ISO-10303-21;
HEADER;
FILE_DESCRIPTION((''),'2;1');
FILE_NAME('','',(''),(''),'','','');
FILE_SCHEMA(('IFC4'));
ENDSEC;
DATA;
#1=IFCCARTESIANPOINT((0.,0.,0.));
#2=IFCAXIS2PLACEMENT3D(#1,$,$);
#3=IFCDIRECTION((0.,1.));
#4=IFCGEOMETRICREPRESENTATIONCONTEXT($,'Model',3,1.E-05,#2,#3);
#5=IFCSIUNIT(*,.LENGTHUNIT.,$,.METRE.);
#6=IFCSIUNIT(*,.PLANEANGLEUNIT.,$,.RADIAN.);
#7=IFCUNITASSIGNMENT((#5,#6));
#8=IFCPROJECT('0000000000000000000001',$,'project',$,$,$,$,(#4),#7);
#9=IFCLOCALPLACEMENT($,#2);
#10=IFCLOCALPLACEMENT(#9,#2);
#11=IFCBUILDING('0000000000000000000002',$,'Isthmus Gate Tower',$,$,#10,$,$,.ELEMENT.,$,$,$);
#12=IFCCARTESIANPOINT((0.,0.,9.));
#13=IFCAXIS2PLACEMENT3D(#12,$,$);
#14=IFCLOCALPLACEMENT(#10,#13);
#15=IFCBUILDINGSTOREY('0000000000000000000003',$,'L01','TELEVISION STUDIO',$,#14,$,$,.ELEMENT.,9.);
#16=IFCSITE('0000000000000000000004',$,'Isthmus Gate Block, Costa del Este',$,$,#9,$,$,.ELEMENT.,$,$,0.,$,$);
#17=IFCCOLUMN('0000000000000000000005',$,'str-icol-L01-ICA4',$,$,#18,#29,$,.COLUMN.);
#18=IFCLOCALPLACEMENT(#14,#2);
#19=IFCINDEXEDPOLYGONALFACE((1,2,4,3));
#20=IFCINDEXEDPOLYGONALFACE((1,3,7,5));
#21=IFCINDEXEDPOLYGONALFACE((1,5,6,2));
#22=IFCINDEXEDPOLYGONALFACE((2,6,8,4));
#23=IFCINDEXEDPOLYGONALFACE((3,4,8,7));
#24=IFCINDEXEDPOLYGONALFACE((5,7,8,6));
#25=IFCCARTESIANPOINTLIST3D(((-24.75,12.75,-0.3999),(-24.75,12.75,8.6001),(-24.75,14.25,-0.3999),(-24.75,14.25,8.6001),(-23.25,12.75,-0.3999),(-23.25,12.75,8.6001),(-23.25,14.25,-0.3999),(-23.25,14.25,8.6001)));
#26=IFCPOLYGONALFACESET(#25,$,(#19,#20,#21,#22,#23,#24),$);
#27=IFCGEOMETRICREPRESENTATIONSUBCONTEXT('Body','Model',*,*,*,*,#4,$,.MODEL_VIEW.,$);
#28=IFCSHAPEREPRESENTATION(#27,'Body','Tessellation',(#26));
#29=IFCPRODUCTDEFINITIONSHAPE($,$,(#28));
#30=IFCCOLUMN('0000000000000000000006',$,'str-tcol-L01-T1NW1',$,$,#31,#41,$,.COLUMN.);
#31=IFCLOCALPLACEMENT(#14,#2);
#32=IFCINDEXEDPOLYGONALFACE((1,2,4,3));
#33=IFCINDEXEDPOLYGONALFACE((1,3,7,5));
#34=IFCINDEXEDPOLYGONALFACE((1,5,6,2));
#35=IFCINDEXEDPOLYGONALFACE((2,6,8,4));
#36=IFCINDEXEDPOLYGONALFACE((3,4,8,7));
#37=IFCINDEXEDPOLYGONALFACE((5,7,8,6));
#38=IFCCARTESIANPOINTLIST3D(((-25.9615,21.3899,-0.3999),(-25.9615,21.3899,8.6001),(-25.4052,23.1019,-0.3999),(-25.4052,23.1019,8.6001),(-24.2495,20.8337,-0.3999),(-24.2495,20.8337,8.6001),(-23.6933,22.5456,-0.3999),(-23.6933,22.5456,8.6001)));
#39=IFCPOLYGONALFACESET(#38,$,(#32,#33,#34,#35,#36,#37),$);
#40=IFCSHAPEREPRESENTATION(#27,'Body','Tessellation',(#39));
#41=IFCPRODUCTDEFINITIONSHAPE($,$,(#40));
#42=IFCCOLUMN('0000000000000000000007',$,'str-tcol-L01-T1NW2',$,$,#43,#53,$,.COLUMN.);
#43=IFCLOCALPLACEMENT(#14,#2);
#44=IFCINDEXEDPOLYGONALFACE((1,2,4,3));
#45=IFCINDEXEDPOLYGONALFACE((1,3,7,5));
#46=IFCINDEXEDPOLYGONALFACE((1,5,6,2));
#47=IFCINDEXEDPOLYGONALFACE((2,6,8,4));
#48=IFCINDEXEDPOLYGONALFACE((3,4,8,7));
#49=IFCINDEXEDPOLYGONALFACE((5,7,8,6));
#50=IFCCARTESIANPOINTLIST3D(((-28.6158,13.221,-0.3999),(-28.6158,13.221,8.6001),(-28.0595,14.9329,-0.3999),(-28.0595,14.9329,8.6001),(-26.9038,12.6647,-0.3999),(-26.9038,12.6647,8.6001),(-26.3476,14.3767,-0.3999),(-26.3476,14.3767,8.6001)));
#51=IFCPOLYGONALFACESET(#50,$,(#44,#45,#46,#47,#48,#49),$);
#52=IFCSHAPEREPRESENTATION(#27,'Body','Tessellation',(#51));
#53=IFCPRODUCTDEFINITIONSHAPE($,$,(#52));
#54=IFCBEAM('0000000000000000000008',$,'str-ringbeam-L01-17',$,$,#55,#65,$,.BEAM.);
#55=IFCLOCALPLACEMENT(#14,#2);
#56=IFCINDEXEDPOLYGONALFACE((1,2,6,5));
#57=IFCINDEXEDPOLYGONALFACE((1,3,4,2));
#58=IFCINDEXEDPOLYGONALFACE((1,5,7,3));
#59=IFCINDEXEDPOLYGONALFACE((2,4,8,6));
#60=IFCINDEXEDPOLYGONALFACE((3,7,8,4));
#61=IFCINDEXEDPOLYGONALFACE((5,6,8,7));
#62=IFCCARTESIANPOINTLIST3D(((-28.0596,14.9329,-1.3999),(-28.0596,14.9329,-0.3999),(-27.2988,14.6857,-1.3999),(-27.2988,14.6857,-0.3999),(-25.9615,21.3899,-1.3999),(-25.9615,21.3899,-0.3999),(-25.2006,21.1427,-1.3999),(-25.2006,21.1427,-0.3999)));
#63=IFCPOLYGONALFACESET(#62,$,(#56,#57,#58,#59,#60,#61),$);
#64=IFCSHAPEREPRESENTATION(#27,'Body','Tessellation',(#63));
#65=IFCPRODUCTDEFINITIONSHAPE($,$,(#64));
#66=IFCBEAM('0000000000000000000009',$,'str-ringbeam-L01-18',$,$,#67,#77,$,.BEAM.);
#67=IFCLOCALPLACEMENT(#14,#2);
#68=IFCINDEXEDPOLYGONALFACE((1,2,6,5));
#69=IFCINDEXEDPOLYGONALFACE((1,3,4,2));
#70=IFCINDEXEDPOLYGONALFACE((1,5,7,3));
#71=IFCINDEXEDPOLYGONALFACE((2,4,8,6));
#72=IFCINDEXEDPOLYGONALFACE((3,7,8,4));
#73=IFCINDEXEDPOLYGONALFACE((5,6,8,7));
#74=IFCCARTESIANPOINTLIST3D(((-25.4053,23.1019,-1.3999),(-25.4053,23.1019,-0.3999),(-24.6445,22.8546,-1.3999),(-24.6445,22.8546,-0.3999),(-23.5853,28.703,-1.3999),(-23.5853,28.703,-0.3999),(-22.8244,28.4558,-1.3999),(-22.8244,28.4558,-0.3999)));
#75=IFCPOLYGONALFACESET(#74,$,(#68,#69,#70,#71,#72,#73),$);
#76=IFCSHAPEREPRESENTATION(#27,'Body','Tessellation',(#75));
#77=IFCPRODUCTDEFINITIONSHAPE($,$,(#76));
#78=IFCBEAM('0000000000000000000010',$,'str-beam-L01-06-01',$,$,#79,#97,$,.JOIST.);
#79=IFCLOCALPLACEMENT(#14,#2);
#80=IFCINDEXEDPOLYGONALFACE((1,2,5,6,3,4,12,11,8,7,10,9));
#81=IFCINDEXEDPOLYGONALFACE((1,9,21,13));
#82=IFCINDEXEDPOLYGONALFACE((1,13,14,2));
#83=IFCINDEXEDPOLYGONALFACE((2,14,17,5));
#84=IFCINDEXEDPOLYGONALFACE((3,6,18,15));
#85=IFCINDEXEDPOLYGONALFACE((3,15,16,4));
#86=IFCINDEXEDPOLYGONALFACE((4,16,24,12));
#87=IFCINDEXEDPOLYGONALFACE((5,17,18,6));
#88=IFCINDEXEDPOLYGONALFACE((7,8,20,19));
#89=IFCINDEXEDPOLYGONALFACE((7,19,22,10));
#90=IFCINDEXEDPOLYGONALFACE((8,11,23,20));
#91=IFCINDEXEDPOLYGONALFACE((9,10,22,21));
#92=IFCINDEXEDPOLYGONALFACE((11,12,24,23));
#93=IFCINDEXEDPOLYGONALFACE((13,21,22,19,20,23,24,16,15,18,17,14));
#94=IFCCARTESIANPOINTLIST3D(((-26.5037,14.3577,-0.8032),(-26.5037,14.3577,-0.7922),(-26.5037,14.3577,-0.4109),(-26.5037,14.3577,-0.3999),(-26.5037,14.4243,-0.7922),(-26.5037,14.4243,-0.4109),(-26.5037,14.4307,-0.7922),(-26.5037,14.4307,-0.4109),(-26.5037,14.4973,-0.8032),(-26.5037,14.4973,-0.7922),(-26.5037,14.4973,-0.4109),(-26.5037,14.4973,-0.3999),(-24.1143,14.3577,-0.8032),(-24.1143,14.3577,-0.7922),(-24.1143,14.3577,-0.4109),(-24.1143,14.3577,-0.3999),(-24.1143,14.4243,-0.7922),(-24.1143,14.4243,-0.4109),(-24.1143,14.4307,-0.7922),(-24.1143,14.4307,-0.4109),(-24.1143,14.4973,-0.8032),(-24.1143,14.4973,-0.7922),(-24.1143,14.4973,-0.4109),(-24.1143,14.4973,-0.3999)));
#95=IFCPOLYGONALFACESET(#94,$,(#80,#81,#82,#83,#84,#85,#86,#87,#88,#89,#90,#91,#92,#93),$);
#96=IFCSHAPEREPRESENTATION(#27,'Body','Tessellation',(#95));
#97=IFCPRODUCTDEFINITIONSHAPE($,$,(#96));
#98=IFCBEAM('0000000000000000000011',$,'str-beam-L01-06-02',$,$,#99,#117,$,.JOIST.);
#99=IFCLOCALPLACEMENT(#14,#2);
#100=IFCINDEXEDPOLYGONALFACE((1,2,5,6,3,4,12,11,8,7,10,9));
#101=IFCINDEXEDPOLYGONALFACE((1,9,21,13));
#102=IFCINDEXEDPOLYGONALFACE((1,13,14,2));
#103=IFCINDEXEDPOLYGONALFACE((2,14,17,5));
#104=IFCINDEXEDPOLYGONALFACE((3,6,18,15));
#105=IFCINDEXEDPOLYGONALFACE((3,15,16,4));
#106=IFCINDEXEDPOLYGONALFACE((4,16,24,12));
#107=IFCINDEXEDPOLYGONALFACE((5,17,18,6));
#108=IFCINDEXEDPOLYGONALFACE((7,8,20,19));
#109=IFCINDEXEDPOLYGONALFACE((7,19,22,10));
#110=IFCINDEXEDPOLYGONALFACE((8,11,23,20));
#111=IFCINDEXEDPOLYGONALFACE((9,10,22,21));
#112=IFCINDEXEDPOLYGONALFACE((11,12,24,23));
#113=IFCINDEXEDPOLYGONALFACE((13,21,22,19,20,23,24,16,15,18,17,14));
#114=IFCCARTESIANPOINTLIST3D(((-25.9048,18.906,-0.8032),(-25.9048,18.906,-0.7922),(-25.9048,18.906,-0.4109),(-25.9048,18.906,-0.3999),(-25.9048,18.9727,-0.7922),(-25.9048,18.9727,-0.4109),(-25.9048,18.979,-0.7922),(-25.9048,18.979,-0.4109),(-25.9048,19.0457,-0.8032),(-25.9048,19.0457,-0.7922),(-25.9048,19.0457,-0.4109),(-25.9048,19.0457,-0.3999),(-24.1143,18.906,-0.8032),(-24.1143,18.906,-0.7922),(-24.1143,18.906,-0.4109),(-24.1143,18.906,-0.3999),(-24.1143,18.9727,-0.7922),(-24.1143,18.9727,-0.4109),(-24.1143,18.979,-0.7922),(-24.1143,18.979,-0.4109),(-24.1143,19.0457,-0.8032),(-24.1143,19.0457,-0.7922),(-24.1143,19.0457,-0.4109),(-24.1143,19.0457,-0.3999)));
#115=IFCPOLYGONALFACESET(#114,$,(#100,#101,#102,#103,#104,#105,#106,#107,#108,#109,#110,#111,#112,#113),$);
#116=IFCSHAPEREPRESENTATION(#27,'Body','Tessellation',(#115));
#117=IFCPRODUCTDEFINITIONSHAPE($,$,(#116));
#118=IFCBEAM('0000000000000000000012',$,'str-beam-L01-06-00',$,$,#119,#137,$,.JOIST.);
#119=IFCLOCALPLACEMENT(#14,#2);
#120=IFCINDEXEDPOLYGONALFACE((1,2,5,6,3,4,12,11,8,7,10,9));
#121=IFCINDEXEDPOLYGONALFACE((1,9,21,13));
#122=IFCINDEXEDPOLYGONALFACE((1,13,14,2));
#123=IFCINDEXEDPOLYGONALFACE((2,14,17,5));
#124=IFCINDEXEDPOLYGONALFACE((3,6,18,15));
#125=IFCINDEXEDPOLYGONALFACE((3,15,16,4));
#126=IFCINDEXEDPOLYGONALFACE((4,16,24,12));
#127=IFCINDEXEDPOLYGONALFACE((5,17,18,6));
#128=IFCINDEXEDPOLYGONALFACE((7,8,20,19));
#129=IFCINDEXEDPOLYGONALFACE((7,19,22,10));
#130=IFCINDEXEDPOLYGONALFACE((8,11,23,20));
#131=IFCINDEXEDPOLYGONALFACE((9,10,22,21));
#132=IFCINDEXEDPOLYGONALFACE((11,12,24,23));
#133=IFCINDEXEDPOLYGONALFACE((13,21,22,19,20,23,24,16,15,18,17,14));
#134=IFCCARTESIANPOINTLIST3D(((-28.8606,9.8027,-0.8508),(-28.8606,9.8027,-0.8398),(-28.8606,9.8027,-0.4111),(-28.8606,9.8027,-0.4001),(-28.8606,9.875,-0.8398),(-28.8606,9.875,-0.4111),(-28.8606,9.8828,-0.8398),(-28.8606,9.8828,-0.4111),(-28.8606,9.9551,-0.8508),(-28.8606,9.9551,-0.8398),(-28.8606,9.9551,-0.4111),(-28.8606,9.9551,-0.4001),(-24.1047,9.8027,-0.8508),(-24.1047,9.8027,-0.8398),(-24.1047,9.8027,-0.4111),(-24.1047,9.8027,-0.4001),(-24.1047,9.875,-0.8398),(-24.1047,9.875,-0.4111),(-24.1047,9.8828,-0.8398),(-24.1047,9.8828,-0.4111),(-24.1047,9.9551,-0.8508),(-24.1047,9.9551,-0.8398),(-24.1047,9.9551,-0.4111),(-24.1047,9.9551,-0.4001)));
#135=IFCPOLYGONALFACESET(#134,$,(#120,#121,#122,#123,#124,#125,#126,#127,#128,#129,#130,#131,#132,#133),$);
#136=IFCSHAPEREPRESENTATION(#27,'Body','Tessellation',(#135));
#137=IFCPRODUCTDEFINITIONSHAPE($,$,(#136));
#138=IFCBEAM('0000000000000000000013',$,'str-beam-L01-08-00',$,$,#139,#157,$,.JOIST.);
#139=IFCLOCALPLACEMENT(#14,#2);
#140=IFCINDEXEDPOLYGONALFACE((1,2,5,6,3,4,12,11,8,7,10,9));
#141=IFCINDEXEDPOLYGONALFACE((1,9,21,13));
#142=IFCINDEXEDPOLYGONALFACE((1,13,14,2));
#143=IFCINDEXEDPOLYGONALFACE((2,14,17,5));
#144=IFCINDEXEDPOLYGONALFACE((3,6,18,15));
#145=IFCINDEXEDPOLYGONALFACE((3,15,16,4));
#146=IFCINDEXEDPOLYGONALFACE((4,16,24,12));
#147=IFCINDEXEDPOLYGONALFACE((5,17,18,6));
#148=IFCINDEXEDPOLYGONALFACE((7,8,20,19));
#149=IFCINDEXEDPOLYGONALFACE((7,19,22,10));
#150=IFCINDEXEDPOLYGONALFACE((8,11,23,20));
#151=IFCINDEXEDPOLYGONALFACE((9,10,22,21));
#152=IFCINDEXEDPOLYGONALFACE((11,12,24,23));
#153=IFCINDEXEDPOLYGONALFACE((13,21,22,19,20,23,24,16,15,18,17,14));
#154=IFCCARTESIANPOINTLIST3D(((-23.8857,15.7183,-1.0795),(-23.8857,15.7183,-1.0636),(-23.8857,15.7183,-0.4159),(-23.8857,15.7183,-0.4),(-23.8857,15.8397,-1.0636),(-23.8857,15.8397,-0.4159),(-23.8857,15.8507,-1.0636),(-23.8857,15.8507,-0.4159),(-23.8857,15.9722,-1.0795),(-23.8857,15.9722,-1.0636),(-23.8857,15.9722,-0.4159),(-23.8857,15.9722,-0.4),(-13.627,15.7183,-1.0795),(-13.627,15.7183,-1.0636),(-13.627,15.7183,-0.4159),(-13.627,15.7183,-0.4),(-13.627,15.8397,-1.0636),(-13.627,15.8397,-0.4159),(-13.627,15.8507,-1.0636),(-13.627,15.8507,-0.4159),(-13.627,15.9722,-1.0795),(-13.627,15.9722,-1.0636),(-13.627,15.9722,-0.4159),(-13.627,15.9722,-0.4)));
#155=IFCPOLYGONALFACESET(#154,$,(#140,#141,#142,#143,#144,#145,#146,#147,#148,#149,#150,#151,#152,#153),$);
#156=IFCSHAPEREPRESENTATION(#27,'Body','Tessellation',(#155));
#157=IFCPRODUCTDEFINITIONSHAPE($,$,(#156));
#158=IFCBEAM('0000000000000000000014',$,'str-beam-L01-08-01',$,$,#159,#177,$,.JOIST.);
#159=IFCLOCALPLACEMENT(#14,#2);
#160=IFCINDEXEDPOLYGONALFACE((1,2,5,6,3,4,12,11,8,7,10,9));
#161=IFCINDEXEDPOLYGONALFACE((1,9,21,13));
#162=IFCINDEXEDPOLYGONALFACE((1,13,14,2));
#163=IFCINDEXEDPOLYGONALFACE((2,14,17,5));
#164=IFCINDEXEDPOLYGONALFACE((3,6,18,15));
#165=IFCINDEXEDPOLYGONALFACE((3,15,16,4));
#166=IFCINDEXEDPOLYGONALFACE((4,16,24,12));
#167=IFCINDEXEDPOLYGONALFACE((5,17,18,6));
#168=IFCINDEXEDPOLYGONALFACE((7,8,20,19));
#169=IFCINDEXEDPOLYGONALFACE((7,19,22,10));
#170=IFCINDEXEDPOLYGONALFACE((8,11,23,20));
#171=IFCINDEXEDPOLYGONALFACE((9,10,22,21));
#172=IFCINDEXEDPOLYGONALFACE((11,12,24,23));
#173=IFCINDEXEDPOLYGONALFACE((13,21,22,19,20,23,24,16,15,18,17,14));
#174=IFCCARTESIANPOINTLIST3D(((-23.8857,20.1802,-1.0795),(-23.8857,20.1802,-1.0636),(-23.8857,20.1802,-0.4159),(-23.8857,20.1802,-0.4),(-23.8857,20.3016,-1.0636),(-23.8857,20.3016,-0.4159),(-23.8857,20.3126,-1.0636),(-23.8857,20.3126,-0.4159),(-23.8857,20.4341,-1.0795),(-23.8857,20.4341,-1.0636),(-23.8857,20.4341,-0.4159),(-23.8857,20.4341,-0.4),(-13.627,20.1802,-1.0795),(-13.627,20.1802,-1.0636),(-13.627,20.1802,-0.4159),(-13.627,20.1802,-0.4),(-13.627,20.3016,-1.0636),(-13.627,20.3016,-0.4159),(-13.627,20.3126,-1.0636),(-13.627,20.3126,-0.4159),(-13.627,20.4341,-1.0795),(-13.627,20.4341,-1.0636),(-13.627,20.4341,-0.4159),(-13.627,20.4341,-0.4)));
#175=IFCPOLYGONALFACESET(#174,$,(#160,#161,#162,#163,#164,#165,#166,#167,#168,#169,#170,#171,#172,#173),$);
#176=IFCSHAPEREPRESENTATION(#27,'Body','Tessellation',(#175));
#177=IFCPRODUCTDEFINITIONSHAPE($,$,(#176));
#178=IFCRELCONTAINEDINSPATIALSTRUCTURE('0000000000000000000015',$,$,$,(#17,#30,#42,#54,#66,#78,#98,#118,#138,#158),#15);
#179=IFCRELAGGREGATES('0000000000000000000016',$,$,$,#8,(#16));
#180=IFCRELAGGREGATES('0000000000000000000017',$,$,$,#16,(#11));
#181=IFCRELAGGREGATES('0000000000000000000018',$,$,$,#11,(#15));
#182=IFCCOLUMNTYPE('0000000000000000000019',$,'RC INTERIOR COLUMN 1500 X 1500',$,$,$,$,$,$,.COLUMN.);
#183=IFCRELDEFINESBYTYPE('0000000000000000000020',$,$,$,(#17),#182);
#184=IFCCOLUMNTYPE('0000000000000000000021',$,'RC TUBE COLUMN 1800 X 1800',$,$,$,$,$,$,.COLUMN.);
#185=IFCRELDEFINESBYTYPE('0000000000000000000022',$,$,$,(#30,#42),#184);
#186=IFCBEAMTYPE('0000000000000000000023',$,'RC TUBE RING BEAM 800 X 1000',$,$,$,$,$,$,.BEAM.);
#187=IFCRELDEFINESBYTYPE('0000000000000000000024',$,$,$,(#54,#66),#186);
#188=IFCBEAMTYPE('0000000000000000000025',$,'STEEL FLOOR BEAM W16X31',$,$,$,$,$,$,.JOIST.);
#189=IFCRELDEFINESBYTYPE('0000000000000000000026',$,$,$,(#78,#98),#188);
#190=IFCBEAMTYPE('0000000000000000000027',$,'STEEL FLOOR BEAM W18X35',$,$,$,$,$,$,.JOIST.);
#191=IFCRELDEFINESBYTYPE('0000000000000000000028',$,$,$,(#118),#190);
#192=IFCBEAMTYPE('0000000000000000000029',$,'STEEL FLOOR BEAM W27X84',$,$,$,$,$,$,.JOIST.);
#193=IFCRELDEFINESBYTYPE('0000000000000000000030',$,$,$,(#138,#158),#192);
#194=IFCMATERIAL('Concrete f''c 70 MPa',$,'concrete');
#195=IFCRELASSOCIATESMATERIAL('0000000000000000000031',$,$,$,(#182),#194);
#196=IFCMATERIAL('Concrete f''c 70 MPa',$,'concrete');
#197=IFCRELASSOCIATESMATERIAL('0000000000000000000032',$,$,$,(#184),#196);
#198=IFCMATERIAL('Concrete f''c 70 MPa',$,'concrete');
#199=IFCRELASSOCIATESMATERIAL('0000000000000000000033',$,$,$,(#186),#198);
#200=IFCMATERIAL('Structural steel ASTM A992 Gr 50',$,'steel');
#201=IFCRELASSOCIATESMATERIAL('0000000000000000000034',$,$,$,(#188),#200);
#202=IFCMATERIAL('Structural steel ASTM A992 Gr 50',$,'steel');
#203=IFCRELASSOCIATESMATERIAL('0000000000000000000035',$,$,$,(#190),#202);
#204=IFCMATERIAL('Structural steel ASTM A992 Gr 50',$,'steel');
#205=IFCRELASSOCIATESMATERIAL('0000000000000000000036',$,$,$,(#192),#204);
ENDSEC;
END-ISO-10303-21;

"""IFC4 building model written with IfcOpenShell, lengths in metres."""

from ifc_helpers import new_model, si_unit, direction, frame, origin, origin_2d, place, context, subcontext, project, spatial, rectangle, i_section, extrude, material, material_profile, profile_set, type_object, element, save


model = new_model("IFC4")

# Units and contexts
model_context = context("Model", 3, precision=1e-05, world=origin(), true_north=direction((0.0, 1.0)))
body_context = subcontext(model_context, "Body", "Model", "MODEL_VIEW")
ifc_project = project(units=[si_unit("LENGTHUNIT", "METRE"), si_unit("PLANEANGLEUNIT", "RADIAN")], contexts=[model_context])

# Site, building, storey
site_placement = place(None, origin())
site = spatial("IfcSite", under=ifc_project, at=site_placement, Name="Isthmus Gate Block, Costa del Este", CompositionType="ELEMENT", RefElevation=0.0)
building_placement = place(site_placement, origin())
building = spatial("IfcBuilding", under=site, at=building_placement, Name="Isthmus Gate Tower", CompositionType="ELEMENT")
storey_placement = place(building_placement, frame((0.0, 0.0, 9.0)))
storey = spatial("IfcBuildingStorey", under=building, at=storey_placement, Name="L01", Description="TELEVISION STUDIO", CompositionType="ELEMENT", Elevation=9.0)

# Columns
ifc_material_1 = material(Name="Concrete f'c 70 MPa", Category="concrete")
ifc_material_profile_1 = material_profile(ifc_material_1, rectangle(XDim=1.5, YDim=1.5, at=origin_2d()), Name="RC 1500X1500")
ifc_profile_set_1 = profile_set([ifc_material_profile_1], Name="Concrete f'c 70 MPa")
column_type_1 = type_object("IfcColumnType", Name="RC INTERIOR COLUMN 1500 X 1500", PredefinedType="COLUMN", material=ifc_profile_set_1)
column_placement = place(storey_placement, frame((-24.0, 13.5, -0.3999), z_axis=(0.0, 0.0, 1.0), x_axis=(1.0, 0.0, 0.0)))
element("IfcColumn", 1, at=column_placement, inside=storey, type_object=column_type_1, Name="str-icol-L01-ICA4", PredefinedType="COLUMN", context=body_context, shape_type="SweptSolid", body=[
    extrude(rectangle(XDim=1.5, YDim=1.5, at=origin_2d()), origin(), (0.0, 0.0, 1.0), 9.0),
])
ifc_material_2 = material(Name="Concrete f'c 70 MPa", Category="concrete")
ifc_material_profile_2 = material_profile(ifc_material_2, rectangle(XDim=1.8, YDim=1.8, at=origin_2d()), Name="RC 1800X1800")
ifc_profile_set_2 = profile_set([ifc_material_profile_2], Name="Concrete f'c 70 MPa")
column_type_2 = type_object("IfcColumnType", Name="RC TUBE COLUMN 1800 X 1800", PredefinedType="COLUMN", material=ifc_profile_set_2)
for number, where, z_axis, x_axis, name in (
    (2, (-24.8274, 21.9678, -0.3999), (0.0, 0.0, 1.0), (-0.309017, -0.951057, 0.0), "str-tcol-L01-T1NW1"),
    (3, (-27.4817, 13.7988, -0.3999), (0.0, 0.0, 1.0), (-0.309017, -0.951057, 0.0), "str-tcol-L01-T1NW2"),
):
    element("IfcColumn", number, at=place(storey_placement, frame(where, z_axis=z_axis, x_axis=x_axis)), inside=storey, type_object=column_type_2, Name=name, PredefinedType="COLUMN", context=body_context, shape_type="SweptSolid", body=[
        extrude(rectangle(XDim=1.8, YDim=1.8, at=origin_2d()), origin(), (0.0, 0.0, 1.0), 9.0),
    ])

# Beams
ifc_material_3 = material(Name="Concrete f'c 70 MPa", Category="concrete")
ifc_material_profile_3 = material_profile(ifc_material_3, rectangle(XDim=0.8, YDim=1.0, at=origin_2d()), Name="RC 800X1000")
ifc_profile_set_3 = profile_set([ifc_material_profile_3], Name="Concrete f'c 70 MPa")
beam_type_1 = type_object("IfcBeamType", Name="RC TUBE RING BEAM 800 X 1000", PredefinedType="BEAM", material=ifc_profile_set_3)
beam_1_placement = place(storey_placement, frame((-27.6792, 14.8093, -0.8999), z_axis=(0.309034, 0.951051, 0.0), x_axis=(-0.951051, 0.309034, 0.0)))
element("IfcBeam", 4, at=beam_1_placement, inside=storey, type_object=beam_type_1, Name="str-ringbeam-L01-17", PredefinedType="BEAM", context=body_context, shape_type="SweptSolid", body=[
    extrude(rectangle(XDim=0.8, YDim=1.0, at=origin_2d()), origin(), (0.0, 0.0, 1.0), 6.7893),
])
beam_2_placement = place(storey_placement, frame((-25.0249, 22.9783, -0.8999), z_axis=(0.309043, 0.951048, 0.0), x_axis=(-0.951048, 0.309043, 0.0)))
element("IfcBeam", 5, at=beam_2_placement, inside=storey, type_object=beam_type_1, Name="str-ringbeam-L01-18", PredefinedType="BEAM", context=body_context, shape_type="SweptSolid", body=[
    extrude(rectangle(XDim=0.8, YDim=1.0, at=origin_2d()), origin(), (0.0, 0.0, 1.0), 5.8894),
])
ifc_material_4 = material(Name="Structural steel ASTM A992 Gr 50", Category="steel")
ifc_material_profile_4 = material_profile(ifc_material_4, i_section(OverallWidth=0.1396, OverallDepth=0.4033, WebThickness=0.0063, FlangeThickness=0.011, at=origin_2d()), Name="W16X31")
ifc_profile_set_4 = profile_set([ifc_material_profile_4], Name="Structural steel ASTM A992 Gr 50")
beam_type_2 = type_object("IfcBeamType", Name="STEEL FLOOR BEAM W16X31", PredefinedType="JOIST", material=ifc_profile_set_4)
beam_3_placement = place(storey_placement, frame((-26.5037, 14.4275, -0.6016), z_axis=(1.0, 0.0, 0.0), x_axis=(0.0, 1.0, 0.0)))
element("IfcBeam", 6, at=beam_3_placement, inside=storey, type_object=beam_type_2, Name="str-beam-L01-06-01", PredefinedType="JOIST", context=body_context, shape_type="SweptSolid", body=[
    extrude(i_section(OverallWidth=0.1396, OverallDepth=0.4033, WebThickness=0.0063, FlangeThickness=0.011, at=origin_2d()), origin(), (0.0, 0.0, 1.0), 2.3894),
])
beam_4_placement = place(storey_placement, frame((-25.9048, 18.9758, -0.6016), z_axis=(1.0, 0.0, 0.0), x_axis=(0.0, 1.0, 0.0)))
element("IfcBeam", 7, at=beam_4_placement, inside=storey, type_object=beam_type_2, Name="str-beam-L01-06-02", PredefinedType="JOIST", context=body_context, shape_type="SweptSolid", body=[
    extrude(i_section(OverallWidth=0.1396, OverallDepth=0.4033, WebThickness=0.0063, FlangeThickness=0.011, at=origin_2d()), origin(), (0.0, 0.0, 1.0), 1.7905),
])
ifc_material_5 = material(Name="Structural steel ASTM A992 Gr 50", Category="steel")
ifc_material_profile_5 = material_profile(ifc_material_5, i_section(OverallWidth=0.1523, OverallDepth=0.4507, WebThickness=0.0078, FlangeThickness=0.011, at=origin_2d()), Name="W18X35")
ifc_profile_set_5 = profile_set([ifc_material_profile_5], Name="Structural steel ASTM A992 Gr 50")
beam_type_3 = type_object("IfcBeamType", Name="STEEL FLOOR BEAM W18X35", PredefinedType="JOIST", material=ifc_profile_set_5)
beam_5_placement = place(storey_placement, frame((-28.8606, 9.8789, -0.6255), z_axis=(1.0, 0.0, 0.0), x_axis=(0.0, 1.0, 0.0)))
element("IfcBeam", 8, at=beam_5_placement, inside=storey, type_object=beam_type_3, Name="str-beam-L01-06-00", PredefinedType="JOIST", context=body_context, shape_type="SweptSolid", body=[
    extrude(i_section(OverallWidth=0.1523, OverallDepth=0.4507, WebThickness=0.0078, FlangeThickness=0.011, at=origin_2d()), origin(), (0.0, 0.0, 1.0), 4.7559),
])
ifc_material_6 = material(Name="Structural steel ASTM A992 Gr 50", Category="steel")
ifc_material_profile_6 = material_profile(ifc_material_6, i_section(OverallWidth=0.2539, OverallDepth=0.6794, WebThickness=0.011, FlangeThickness=0.0159, at=origin_2d()), Name="W27X84")
ifc_profile_set_6 = profile_set([ifc_material_profile_6], Name="Structural steel ASTM A992 Gr 50")
beam_type_4 = type_object("IfcBeamType", Name="STEEL FLOOR BEAM W27X84", PredefinedType="JOIST", material=ifc_profile_set_6)
for number, where, z_axis, x_axis, name in (
    (9, (-23.8857, 15.8452, -0.7397), (1.0, 0.0, 0.0), (0.0, 1.0, 0.0), "str-beam-L01-08-00"),
    (10, (-23.8857, 20.3071, -0.7397), (1.0, 0.0, 0.0), (0.0, 1.0, 0.0), "str-beam-L01-08-01"),
):
    element("IfcBeam", number, at=place(storey_placement, frame(where, z_axis=z_axis, x_axis=x_axis)), inside=storey, type_object=beam_type_4, Name=name, PredefinedType="JOIST", context=body_context, shape_type="SweptSolid", body=[
        extrude(i_section(OverallWidth=0.2539, OverallDepth=0.6794, WebThickness=0.011, FlangeThickness=0.0159, at=origin_2d()), origin(), (0.0, 0.0, 1.0), 10.2588),
    ])

save(model, "model.ifc")
